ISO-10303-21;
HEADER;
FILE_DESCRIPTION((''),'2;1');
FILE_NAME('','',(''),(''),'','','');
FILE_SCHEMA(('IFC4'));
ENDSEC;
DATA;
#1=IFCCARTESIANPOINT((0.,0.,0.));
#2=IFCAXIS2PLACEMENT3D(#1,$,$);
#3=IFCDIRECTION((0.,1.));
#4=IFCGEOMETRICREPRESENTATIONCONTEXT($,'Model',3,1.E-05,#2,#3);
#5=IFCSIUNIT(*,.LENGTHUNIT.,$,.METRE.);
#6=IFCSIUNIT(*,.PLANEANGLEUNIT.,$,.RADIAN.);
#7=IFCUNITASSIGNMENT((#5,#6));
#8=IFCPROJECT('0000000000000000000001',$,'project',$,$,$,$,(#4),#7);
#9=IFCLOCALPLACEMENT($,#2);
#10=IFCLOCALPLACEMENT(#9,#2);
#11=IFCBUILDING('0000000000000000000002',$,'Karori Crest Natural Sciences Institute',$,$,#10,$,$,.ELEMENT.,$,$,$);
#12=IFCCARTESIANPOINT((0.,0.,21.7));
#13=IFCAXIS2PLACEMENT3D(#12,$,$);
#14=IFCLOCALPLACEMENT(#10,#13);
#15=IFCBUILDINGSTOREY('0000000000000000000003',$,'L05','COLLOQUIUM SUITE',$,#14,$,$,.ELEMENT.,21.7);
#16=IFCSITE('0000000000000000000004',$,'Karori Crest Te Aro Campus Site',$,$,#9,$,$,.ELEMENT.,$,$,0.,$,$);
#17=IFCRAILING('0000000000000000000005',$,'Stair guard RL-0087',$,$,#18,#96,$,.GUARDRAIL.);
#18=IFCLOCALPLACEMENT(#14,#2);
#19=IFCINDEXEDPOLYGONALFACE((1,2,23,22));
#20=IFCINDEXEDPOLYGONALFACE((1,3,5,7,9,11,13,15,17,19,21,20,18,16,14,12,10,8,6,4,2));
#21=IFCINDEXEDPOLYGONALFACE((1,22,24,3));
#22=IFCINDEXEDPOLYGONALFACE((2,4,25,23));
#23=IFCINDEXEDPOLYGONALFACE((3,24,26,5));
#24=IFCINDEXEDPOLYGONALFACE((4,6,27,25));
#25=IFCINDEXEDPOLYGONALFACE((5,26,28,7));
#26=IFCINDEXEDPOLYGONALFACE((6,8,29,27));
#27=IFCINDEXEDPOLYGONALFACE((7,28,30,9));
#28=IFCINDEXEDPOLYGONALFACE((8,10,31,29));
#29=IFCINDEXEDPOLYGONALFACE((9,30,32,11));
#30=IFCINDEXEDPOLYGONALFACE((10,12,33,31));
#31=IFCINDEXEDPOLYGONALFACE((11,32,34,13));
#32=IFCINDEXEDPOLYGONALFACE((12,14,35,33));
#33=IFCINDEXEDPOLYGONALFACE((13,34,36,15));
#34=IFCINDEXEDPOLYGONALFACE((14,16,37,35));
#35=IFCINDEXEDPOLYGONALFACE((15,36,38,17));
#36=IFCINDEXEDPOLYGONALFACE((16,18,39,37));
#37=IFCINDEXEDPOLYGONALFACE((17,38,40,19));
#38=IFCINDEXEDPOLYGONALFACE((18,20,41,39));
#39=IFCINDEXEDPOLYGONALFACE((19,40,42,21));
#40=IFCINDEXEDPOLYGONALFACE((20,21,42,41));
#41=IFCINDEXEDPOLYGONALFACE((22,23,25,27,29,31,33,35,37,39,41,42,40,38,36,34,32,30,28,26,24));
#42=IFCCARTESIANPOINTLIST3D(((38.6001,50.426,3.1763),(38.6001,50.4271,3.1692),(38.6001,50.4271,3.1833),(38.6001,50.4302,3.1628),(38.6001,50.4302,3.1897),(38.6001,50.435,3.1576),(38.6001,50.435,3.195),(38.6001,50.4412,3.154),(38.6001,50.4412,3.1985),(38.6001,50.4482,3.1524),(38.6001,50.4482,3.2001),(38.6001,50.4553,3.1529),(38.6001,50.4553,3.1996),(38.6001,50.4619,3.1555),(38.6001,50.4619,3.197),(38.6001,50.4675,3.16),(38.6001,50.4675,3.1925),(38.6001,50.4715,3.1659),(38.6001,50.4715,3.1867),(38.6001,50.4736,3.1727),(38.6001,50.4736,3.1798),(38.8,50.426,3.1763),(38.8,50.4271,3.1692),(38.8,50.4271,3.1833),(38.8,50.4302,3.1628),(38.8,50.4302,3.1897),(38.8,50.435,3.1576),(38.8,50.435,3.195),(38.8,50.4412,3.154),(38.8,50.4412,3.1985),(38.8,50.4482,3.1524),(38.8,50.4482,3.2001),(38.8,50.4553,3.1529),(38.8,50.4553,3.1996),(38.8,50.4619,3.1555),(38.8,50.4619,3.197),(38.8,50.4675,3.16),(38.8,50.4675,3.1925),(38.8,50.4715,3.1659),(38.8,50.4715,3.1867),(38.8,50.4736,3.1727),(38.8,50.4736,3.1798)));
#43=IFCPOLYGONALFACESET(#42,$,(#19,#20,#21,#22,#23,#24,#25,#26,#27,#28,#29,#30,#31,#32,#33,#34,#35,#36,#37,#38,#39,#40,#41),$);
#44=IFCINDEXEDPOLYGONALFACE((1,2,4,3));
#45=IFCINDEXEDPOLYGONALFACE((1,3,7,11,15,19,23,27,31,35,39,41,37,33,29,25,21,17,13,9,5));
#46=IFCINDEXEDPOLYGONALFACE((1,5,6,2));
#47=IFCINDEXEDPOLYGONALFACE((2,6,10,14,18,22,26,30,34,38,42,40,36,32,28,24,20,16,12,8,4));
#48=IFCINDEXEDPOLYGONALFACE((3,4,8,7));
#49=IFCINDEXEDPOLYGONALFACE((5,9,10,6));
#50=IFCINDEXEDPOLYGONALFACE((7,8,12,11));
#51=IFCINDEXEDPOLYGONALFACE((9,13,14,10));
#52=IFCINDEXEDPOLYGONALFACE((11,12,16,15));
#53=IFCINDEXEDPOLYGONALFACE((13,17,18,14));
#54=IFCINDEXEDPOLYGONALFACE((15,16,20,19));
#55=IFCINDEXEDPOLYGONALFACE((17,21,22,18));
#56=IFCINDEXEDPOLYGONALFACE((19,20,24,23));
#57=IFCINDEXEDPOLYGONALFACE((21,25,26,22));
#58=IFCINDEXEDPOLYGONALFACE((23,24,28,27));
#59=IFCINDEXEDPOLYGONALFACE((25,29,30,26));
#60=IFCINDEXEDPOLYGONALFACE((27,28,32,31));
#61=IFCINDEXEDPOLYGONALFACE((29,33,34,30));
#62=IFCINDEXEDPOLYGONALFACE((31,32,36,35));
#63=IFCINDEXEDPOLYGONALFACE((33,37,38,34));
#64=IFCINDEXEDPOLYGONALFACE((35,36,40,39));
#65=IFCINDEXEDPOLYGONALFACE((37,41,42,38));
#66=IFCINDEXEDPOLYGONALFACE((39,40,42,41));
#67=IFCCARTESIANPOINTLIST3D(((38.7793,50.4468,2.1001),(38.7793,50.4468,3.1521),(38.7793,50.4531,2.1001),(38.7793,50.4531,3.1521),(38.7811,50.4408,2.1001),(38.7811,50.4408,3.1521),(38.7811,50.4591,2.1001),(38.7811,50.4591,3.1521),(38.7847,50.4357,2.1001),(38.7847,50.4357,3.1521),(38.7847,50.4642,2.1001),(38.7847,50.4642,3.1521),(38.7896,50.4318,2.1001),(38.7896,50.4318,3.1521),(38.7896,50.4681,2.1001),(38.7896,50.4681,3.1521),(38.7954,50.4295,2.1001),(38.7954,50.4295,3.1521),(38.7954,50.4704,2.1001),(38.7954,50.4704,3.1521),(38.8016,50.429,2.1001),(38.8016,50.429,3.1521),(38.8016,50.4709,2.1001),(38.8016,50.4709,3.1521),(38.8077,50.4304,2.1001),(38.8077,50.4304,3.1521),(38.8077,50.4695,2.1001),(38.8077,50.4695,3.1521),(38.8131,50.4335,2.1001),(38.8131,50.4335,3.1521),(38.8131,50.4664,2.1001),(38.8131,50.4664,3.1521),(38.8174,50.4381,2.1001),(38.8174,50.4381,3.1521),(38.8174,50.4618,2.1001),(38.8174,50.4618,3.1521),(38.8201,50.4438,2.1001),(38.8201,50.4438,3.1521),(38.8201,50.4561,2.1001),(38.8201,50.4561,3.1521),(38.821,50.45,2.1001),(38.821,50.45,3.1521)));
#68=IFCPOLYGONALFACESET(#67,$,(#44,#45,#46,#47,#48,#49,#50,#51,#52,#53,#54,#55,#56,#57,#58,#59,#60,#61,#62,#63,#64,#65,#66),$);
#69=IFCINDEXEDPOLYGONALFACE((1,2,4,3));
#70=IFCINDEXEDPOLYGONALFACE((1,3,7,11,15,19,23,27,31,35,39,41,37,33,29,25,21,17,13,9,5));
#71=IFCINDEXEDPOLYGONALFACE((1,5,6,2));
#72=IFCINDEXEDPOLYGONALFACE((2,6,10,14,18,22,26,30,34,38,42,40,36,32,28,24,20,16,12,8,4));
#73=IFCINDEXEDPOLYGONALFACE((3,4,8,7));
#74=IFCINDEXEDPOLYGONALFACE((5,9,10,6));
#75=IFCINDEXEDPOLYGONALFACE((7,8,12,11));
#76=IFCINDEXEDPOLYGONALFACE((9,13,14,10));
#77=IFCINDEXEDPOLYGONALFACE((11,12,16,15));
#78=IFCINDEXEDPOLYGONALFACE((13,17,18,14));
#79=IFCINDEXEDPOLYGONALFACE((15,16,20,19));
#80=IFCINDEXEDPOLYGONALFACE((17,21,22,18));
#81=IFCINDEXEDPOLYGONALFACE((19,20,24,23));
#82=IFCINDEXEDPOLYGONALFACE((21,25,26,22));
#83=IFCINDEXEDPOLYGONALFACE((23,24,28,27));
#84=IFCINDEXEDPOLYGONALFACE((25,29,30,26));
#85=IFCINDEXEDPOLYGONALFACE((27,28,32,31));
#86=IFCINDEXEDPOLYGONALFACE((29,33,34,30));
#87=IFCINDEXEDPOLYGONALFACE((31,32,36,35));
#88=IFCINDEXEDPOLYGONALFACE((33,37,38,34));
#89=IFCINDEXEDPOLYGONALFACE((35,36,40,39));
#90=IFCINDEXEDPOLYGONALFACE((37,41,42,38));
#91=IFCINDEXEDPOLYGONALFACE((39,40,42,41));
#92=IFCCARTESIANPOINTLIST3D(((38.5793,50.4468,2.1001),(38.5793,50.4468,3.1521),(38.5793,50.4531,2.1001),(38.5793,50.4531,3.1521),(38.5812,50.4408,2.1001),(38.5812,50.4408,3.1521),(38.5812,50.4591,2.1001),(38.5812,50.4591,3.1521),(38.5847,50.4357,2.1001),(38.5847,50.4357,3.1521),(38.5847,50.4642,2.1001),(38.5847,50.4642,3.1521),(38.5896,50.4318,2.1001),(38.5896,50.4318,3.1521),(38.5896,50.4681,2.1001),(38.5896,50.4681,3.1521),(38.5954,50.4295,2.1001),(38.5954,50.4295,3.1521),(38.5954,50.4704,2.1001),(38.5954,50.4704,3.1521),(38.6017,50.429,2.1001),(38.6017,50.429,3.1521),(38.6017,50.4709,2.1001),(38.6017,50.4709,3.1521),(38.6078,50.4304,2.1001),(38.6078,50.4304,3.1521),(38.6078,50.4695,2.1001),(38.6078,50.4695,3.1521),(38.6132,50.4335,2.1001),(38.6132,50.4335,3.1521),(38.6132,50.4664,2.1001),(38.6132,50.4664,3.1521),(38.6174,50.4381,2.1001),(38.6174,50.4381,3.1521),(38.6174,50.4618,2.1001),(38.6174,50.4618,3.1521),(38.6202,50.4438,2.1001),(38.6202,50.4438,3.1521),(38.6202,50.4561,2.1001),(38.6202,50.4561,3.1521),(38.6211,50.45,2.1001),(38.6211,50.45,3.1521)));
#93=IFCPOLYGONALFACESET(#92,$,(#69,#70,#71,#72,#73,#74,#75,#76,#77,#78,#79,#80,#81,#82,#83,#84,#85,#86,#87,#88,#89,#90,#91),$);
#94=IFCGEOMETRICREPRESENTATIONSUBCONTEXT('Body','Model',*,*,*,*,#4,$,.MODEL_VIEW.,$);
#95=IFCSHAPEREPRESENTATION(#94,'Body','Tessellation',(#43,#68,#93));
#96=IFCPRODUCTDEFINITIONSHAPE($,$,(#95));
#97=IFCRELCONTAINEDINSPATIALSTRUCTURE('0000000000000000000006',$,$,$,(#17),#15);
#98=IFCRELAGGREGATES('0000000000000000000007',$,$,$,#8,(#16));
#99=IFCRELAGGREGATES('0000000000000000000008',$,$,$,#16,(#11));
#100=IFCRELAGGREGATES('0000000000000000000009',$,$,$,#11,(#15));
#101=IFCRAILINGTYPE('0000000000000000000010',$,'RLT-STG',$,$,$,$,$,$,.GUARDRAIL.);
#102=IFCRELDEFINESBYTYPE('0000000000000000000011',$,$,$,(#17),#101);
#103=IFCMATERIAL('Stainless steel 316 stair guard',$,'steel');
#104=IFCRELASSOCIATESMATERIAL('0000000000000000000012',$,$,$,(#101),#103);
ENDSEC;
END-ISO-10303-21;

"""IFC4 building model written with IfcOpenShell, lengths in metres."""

from ifc_helpers import new_model, si_unit, direction, frame, origin, origin_2d, place, context, subcontext, project, spatial, circle, extrude, material, type_object, element, save


model = new_model("IFC4")

# Units and contexts
model_context = context("Model", 3, precision=1e-05, world=origin(), true_north=direction((0.0, 1.0)))
body_context = subcontext(model_context, "Body", "Model", "MODEL_VIEW")
ifc_project = project(units=[si_unit("LENGTHUNIT", "METRE"), si_unit("PLANEANGLEUNIT", "RADIAN")], contexts=[model_context])

# Site, building, storey
site_placement = place(None, origin())
site = spatial("IfcSite", under=ifc_project, at=site_placement, Name="Karori Crest Te Aro Campus Site", CompositionType="ELEMENT", RefElevation=0.0)
building_placement = place(site_placement, origin())
building = spatial("IfcBuilding", under=site, at=building_placement, Name="Karori Crest Natural Sciences Institute", CompositionType="ELEMENT")
storey_placement = place(building_placement, frame((0.0, 0.0, 21.7)))
storey = spatial("IfcBuildingStorey", under=building, at=storey_placement, Name="L05", Description="COLLOQUIUM SUITE", CompositionType="ELEMENT", Elevation=21.7)

# Railing
ifc_material_1 = material(Name="Stainless steel 316 stair guard", Category="steel")
railing_type_1 = type_object("IfcRailingType", Name="RLT-STG", PredefinedType="GUARDRAIL", material=ifc_material_1)
railing_1_placement = place(storey_placement, frame((38.8, 50.45, 2.1001)))
element("IfcRailing", 1, at=railing_1_placement, inside=storey, type_object=railing_type_1, Name="Stair guard RL-0087", PredefinedType="GUARDRAIL", context=body_context, shape_type="SweptSolid", body=[
    extrude(circle(Radius=0.0239, at=origin_2d()), frame((0.0, 0.0, 1.0762), z_axis=(-1.0, 0.0, 0.0), x_axis=(0.0, -1.0, 0.0)), (0.0, 0.0, 1.0), 0.2),
    extrude(circle(Radius=0.021, at=origin_2d()), origin(), (0.0, 0.0, 1.0), 1.052),
    extrude(circle(Radius=0.021, at=origin_2d()), frame((-0.2, 0.0, 0.0)), (0.0, 0.0, 1.0), 1.052),
])

save(model, "model.ifc")
